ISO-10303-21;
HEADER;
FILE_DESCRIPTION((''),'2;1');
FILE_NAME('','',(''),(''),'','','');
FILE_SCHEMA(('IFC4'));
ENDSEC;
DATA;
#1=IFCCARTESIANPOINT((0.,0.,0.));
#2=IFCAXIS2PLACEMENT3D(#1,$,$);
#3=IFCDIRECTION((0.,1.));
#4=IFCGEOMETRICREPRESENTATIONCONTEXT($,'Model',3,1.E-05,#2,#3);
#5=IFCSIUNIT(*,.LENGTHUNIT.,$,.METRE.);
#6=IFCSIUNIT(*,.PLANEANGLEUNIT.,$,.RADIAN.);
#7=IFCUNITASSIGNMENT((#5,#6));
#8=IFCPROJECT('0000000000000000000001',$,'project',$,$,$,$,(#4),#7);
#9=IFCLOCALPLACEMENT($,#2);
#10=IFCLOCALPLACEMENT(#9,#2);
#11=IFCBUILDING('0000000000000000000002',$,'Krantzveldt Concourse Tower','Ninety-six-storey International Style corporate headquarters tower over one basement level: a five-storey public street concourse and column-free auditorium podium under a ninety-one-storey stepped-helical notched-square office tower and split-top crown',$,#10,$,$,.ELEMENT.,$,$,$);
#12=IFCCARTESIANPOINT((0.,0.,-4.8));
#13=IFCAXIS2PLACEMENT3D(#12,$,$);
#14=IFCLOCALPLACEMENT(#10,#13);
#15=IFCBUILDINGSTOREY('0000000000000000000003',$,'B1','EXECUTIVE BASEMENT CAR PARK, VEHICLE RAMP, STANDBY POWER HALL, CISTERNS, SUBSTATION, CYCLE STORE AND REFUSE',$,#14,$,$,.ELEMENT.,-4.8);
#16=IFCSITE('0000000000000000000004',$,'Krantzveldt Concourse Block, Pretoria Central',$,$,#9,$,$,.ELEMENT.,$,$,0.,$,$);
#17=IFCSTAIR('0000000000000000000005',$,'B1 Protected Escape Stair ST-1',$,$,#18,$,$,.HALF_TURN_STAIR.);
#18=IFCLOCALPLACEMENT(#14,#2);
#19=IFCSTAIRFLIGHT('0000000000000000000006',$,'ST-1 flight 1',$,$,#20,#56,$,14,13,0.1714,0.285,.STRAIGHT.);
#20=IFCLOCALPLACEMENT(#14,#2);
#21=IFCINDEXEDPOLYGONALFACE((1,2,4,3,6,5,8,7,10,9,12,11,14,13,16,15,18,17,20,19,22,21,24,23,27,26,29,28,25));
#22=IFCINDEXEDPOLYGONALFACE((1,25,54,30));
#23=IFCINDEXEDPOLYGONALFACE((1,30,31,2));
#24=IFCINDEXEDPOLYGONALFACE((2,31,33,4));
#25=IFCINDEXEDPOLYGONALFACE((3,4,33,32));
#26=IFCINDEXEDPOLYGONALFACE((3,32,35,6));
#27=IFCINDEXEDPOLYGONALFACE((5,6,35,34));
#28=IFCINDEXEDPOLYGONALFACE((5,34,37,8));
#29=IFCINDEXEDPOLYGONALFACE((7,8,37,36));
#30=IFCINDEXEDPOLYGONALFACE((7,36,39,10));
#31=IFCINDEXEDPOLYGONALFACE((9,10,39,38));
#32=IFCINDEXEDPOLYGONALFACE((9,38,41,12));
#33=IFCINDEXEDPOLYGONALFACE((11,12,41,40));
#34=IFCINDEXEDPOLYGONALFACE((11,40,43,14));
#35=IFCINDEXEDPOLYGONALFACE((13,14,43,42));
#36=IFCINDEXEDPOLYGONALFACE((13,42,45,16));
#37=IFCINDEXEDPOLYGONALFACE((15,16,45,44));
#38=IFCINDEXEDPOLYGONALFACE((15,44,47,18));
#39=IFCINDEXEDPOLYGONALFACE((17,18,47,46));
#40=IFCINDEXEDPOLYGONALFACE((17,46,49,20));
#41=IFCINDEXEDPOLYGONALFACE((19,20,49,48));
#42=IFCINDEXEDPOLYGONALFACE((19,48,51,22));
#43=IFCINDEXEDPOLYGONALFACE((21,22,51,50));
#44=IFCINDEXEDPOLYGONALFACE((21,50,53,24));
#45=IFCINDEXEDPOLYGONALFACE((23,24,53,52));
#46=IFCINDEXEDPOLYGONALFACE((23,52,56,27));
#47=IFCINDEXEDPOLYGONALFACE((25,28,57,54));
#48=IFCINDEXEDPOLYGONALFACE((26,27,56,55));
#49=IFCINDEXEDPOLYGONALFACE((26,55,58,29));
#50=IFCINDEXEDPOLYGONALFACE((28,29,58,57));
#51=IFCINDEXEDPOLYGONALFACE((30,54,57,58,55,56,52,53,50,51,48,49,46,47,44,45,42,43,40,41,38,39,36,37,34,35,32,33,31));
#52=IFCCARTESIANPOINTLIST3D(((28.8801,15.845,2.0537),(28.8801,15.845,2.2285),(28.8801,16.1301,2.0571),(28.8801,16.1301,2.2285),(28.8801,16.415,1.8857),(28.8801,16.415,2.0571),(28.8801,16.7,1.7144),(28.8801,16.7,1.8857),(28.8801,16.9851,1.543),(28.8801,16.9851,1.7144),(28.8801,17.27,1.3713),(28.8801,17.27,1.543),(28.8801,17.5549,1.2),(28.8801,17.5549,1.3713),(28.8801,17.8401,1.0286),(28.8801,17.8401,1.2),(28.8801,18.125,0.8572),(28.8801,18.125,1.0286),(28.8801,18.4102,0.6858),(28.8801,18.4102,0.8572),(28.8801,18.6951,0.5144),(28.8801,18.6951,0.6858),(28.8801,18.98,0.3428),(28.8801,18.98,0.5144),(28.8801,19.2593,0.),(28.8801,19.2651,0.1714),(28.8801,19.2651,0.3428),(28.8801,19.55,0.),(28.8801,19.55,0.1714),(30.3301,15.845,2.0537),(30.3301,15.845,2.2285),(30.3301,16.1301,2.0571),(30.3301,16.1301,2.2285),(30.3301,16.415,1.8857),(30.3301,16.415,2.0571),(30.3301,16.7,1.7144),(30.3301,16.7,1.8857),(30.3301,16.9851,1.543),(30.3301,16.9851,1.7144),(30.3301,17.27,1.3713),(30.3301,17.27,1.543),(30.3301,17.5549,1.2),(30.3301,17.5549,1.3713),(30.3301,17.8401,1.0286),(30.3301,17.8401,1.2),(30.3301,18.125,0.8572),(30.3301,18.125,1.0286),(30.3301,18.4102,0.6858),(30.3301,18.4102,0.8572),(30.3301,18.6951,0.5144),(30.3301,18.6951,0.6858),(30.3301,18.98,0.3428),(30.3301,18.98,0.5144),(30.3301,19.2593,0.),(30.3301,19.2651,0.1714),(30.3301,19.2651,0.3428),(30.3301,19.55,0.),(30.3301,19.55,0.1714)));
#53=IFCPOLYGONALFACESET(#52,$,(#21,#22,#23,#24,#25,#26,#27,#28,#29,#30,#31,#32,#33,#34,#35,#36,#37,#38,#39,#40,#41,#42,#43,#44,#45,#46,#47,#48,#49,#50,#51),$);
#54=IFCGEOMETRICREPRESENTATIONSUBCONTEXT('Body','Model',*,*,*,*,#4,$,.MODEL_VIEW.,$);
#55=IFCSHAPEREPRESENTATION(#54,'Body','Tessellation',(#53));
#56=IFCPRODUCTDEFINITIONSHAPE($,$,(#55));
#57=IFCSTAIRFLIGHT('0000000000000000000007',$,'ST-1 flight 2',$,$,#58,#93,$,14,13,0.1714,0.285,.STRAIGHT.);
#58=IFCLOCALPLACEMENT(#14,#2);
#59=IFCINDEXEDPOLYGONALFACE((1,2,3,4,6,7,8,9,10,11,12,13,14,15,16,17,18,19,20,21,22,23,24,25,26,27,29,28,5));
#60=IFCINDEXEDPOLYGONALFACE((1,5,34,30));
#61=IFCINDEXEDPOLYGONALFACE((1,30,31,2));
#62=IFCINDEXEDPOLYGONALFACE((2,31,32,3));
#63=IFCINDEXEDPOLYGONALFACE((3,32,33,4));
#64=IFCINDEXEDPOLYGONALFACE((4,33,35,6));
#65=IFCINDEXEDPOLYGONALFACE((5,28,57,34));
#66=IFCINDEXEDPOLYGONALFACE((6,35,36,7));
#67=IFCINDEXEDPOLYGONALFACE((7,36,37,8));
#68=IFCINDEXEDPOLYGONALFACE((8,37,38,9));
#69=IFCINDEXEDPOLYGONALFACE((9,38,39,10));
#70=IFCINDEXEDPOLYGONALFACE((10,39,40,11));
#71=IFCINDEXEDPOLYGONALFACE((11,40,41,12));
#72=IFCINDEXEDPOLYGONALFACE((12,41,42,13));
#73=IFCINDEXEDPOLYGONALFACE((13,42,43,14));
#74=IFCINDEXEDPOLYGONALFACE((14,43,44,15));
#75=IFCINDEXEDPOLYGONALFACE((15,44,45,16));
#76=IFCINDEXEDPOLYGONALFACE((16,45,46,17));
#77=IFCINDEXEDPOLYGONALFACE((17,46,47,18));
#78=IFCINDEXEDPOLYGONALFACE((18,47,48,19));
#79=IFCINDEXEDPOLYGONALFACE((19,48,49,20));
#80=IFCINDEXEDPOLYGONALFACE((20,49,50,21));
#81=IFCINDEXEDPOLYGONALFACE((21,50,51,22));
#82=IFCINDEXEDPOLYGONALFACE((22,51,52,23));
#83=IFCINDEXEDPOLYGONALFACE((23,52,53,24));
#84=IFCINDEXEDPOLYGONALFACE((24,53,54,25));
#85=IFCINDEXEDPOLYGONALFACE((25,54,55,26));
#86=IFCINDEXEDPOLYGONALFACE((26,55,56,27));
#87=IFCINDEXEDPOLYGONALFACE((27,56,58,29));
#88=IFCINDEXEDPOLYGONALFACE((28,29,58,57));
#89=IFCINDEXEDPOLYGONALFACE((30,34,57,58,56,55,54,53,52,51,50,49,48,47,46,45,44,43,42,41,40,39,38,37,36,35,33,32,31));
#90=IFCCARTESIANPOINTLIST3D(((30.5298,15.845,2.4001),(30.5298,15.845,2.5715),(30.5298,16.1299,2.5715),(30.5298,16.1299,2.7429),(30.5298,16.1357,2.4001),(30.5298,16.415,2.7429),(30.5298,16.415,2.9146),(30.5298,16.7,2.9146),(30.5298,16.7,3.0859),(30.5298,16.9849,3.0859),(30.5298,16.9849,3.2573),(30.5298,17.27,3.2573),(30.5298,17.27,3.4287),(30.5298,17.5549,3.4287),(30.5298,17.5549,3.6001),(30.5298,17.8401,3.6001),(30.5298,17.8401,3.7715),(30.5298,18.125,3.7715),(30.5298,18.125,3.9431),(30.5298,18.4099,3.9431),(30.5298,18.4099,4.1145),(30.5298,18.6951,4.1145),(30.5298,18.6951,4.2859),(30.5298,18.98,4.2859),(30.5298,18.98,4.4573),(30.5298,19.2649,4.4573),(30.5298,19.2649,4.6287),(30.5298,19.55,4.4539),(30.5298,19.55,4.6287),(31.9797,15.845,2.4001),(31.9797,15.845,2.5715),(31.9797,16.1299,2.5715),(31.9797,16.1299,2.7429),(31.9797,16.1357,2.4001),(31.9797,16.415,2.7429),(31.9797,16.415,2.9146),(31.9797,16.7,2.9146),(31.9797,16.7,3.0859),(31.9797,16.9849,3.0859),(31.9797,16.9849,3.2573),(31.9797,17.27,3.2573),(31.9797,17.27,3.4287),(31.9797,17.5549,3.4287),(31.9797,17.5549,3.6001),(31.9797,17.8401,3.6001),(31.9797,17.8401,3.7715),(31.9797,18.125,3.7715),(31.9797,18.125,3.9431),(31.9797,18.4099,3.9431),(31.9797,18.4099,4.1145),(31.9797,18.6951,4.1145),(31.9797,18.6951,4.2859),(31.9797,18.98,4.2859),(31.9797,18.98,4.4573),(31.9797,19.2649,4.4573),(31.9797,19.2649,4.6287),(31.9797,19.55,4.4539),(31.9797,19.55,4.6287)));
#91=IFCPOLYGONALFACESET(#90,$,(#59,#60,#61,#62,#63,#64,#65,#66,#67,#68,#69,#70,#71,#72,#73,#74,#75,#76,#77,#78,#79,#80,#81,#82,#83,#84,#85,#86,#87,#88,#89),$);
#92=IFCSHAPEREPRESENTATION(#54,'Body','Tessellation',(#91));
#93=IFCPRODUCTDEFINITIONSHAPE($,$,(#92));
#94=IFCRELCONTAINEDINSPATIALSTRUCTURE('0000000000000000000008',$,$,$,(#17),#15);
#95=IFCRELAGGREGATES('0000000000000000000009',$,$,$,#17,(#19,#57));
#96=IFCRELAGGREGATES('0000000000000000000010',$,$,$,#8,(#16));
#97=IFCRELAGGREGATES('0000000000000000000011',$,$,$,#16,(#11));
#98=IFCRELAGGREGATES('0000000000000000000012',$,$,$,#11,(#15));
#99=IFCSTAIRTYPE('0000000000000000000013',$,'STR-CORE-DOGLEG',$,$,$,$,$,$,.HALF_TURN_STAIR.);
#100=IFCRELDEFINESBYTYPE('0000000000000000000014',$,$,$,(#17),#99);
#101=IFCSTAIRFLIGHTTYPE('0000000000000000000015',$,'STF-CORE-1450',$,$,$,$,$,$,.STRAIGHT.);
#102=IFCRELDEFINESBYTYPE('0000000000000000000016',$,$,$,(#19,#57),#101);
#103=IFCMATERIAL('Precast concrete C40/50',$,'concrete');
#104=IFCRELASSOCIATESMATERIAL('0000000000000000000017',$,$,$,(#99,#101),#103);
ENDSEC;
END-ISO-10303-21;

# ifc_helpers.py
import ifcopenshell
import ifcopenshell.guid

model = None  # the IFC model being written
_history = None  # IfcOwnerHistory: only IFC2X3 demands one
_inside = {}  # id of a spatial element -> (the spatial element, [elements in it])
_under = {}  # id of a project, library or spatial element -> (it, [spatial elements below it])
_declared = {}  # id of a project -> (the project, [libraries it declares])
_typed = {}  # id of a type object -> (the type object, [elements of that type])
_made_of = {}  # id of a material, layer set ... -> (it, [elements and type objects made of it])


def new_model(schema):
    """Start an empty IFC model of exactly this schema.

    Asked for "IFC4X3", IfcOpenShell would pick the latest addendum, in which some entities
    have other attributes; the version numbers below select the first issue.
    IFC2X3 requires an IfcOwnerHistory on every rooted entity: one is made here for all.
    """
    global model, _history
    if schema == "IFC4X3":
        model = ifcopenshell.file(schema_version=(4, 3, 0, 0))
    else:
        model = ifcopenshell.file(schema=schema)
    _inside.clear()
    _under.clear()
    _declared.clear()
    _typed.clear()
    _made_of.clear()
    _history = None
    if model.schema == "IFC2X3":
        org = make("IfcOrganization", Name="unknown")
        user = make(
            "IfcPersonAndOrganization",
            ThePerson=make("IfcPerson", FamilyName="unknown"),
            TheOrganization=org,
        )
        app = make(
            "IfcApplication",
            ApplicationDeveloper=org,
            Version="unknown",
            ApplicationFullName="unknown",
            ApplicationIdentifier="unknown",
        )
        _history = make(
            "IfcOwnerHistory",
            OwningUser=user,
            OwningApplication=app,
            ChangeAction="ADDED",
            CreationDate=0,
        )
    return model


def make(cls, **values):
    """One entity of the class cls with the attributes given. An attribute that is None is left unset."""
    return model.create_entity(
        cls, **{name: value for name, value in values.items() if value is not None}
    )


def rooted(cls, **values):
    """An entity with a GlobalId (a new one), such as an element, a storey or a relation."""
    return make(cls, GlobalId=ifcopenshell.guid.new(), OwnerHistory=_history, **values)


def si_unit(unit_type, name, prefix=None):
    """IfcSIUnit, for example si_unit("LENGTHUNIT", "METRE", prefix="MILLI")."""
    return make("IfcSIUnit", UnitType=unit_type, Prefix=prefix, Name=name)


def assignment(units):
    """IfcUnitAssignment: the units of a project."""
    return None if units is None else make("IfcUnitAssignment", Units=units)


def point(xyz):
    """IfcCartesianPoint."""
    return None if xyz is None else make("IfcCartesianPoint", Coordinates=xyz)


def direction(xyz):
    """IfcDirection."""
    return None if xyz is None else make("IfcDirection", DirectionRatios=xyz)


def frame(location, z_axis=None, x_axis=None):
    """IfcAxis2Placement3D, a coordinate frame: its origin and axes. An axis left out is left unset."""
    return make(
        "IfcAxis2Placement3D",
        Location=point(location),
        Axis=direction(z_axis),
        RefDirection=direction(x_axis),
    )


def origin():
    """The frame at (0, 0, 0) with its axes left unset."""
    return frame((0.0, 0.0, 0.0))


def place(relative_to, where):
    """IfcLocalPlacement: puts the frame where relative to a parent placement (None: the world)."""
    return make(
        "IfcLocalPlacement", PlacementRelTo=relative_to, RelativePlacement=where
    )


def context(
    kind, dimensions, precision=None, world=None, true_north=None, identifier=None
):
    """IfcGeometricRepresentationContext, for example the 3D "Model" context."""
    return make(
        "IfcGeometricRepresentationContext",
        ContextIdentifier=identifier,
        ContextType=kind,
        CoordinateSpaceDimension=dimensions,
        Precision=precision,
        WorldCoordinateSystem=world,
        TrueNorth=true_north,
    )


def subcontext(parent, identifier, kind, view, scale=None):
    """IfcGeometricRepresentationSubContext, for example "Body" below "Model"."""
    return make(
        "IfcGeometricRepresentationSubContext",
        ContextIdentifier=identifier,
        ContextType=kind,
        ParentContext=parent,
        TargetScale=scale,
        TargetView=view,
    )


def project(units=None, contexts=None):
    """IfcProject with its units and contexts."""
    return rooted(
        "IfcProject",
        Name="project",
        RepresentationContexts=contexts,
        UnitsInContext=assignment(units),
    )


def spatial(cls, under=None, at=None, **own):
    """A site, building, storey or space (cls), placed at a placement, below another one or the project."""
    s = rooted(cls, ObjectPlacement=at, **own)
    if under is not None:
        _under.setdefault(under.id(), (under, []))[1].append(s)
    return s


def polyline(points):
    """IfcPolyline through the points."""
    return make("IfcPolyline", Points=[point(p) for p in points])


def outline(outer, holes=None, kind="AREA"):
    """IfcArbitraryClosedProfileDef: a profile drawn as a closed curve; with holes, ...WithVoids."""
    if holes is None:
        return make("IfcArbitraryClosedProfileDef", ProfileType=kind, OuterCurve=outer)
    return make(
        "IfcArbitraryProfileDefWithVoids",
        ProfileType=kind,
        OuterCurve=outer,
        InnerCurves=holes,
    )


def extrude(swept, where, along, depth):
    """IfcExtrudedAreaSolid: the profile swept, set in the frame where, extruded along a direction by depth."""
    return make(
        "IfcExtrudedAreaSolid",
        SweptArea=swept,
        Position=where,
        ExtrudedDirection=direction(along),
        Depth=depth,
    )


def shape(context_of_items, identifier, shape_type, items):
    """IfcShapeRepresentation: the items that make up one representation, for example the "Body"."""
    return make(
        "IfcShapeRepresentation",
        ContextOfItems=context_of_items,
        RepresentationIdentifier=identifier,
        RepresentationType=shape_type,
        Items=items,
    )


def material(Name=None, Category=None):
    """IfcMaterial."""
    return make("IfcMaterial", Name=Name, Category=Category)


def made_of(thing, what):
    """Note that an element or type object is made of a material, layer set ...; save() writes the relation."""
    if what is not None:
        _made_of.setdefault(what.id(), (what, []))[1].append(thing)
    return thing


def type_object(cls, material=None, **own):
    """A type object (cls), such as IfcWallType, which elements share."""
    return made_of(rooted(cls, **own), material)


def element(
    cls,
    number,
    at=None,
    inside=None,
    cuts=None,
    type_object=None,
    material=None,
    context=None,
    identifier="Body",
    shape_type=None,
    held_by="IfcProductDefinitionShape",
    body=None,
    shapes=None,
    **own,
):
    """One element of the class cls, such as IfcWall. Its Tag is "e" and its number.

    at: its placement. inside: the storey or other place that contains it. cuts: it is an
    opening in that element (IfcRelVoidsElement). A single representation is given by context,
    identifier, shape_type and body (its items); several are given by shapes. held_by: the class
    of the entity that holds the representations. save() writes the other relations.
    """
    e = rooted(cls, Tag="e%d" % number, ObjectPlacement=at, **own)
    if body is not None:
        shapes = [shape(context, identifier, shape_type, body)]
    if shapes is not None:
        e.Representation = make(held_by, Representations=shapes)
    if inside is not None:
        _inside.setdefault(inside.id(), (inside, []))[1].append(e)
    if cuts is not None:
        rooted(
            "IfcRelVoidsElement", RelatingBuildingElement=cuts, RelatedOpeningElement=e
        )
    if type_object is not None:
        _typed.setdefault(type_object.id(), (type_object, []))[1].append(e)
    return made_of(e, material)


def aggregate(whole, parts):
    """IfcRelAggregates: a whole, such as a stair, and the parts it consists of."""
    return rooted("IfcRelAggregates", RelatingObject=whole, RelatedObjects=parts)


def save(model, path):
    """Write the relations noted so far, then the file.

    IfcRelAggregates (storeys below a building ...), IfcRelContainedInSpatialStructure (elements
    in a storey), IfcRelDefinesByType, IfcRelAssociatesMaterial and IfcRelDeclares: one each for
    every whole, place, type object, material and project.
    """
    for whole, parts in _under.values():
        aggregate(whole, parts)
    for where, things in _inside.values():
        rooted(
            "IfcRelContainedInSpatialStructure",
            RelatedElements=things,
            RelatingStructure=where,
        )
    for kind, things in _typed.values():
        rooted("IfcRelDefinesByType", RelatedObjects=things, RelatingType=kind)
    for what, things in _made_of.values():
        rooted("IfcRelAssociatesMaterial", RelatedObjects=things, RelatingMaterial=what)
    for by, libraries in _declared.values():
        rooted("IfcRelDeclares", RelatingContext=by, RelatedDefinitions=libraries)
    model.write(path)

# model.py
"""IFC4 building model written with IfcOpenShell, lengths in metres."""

from ifc_helpers import new_model, si_unit, direction, frame, origin, place, context, subcontext, project, spatial, polyline, outline, extrude, material, type_object, element, aggregate, save


model = new_model("IFC4")

# Units and contexts
model_context = context("Model", 3, precision=1e-05, world=origin(), true_north=direction((0.0, 1.0)))
body_context = subcontext(model_context, "Body", "Model", "MODEL_VIEW")
ifc_project = project(units=[si_unit("LENGTHUNIT", "METRE"), si_unit("PLANEANGLEUNIT", "RADIAN")], contexts=[model_context])

# Site, building, storey
site_placement = place(None, origin())
site = spatial("IfcSite", under=ifc_project, at=site_placement, Name="Krantzveldt Concourse Block, Pretoria Central", CompositionType="ELEMENT", RefElevation=0.0)
building_placement = place(site_placement, origin())
building = spatial("IfcBuilding", under=site, at=building_placement, Name="Krantzveldt Concourse Tower", Description="Ninety-six-storey International Style corporate headquarters tower over one basement level: a five-storey public street concourse and column-free auditorium podium under a ninety-one-storey stepped-helical notched-square office tower and split-top crown", CompositionType="ELEMENT")
storey_placement = place(building_placement, frame((0.0, 0.0, -4.8)))
storey = spatial("IfcBuildingStorey", under=building, at=storey_placement, Name="B1", Description="EXECUTIVE BASEMENT CAR PARK, VEHICLE RAMP, STANDBY POWER HALL, CISTERNS, SUBSTATION, CYCLE STORE AND REFUSE", CompositionType="ELEMENT", Elevation=-4.8)

# Stair, stair flights
ifc_material_1 = material(Name="Precast concrete C40/50", Category="concrete")
stair_type = type_object("IfcStairType", Name="STR-CORE-DOGLEG", PredefinedType="HALF_TURN_STAIR", material=ifc_material_1)
stair_placement = place(storey_placement, origin())
stair = element("IfcStair", 1, at=stair_placement, inside=storey, type_object=stair_type, Name="B1 Protected Escape Stair ST-1", PredefinedType="HALF_TURN_STAIR")
stair_flight_type = type_object("IfcStairFlightType", Name="STF-CORE-1450", PredefinedType="STRAIGHT", material=ifc_material_1)
stair_flight_1_placement = place(storey_placement, frame((29.605, 19.55, 0.0), z_axis=(0.0, 0.0, 1.0), x_axis=(0.0, -1.0, 0.0)))
stair_flight_1 = element("IfcStairFlight", 2, at=stair_flight_1_placement, type_object=stair_flight_type, Name="ST-1 flight 1", NumberOfRisers=14, NumberOfTreads=13, PredefinedType="STRAIGHT", RiserHeight=0.1714, TreadLength=0.285, context=body_context, shape_type="SweptSolid", body=[
    extrude(outline(polyline([(0.0, 0.0), (0.0, 0.1714), (0.2849, 0.1714), (0.2849, 0.3428), (0.5701, 0.3428), (0.5701, 0.5144), (0.855, 0.5144), (0.855, 0.6858), (1.1399, 0.6858), (1.1399, 0.8572), (1.425, 0.8572), (1.425, 1.0286), (1.71, 1.0286), (1.71, 1.2), (1.9951, 1.2), (1.9951, 1.3713), (2.28, 1.3713), (2.28, 1.543), (2.5649, 1.543), (2.5649, 1.7144), (2.8501, 1.7144), (2.8501, 1.8857), (3.135, 1.8857), (3.135, 2.0571), (3.4199, 2.0571), (3.4199, 2.2285), (3.7051, 2.2285), (3.7051, 2.3999), (3.7051, 2.0537), (0.2908, 0.0), (0.0, 0.0)])), frame((0.0, 0.7251, 0.0), z_axis=(0.0, -1.0, 0.0), x_axis=(1.0, 0.0, 0.0)), (0.0, 0.0, 1.0), 1.45),
])
stair_flight_2_placement = place(storey_placement, frame((31.2549, 15.845, 2.4001), z_axis=(0.0, 0.0, 1.0), x_axis=(0.0, 1.0, 0.0)))
stair_flight_2 = element("IfcStairFlight", 3, at=stair_flight_2_placement, type_object=stair_flight_type, Name="ST-1 flight 2", NumberOfRisers=14, NumberOfTreads=13, PredefinedType="STRAIGHT", RiserHeight=0.1714, TreadLength=0.285, context=body_context, shape_type="SweptSolid", body=[
    extrude(outline(polyline([(0.0, 0.0), (0.0, 0.1714), (0.2849, 0.1714), (0.2849, 0.3428), (0.5701, 0.3428), (0.5701, 0.5144), (0.855, 0.5144), (0.855, 0.6858), (1.1399, 0.6858), (1.1399, 0.8572), (1.425, 0.8572), (1.425, 1.0286), (1.71, 1.0286), (1.71, 1.2), (1.9951, 1.2), (1.9951, 1.3713), (2.28, 1.3713), (2.28, 1.543), (2.5649, 1.543), (2.5649, 1.7144), (2.8501, 1.7144), (2.8501, 1.8857), (3.135, 1.8857), (3.135, 2.0571), (3.4199, 2.0571), (3.4199, 2.2285), (3.7051, 2.2285), (3.7051, 2.3999), (3.7051, 2.0537), (0.2908, 0.0), (0.0, 0.0)])), frame((0.0, 0.7251, 0.0), z_axis=(0.0, -1.0, 0.0), x_axis=(1.0, 0.0, 0.0)), (0.0, 0.0, 1.0), 1.45),
])
aggregate(stair, [stair_flight_1, stair_flight_2])

save(model, "model.ifc")
